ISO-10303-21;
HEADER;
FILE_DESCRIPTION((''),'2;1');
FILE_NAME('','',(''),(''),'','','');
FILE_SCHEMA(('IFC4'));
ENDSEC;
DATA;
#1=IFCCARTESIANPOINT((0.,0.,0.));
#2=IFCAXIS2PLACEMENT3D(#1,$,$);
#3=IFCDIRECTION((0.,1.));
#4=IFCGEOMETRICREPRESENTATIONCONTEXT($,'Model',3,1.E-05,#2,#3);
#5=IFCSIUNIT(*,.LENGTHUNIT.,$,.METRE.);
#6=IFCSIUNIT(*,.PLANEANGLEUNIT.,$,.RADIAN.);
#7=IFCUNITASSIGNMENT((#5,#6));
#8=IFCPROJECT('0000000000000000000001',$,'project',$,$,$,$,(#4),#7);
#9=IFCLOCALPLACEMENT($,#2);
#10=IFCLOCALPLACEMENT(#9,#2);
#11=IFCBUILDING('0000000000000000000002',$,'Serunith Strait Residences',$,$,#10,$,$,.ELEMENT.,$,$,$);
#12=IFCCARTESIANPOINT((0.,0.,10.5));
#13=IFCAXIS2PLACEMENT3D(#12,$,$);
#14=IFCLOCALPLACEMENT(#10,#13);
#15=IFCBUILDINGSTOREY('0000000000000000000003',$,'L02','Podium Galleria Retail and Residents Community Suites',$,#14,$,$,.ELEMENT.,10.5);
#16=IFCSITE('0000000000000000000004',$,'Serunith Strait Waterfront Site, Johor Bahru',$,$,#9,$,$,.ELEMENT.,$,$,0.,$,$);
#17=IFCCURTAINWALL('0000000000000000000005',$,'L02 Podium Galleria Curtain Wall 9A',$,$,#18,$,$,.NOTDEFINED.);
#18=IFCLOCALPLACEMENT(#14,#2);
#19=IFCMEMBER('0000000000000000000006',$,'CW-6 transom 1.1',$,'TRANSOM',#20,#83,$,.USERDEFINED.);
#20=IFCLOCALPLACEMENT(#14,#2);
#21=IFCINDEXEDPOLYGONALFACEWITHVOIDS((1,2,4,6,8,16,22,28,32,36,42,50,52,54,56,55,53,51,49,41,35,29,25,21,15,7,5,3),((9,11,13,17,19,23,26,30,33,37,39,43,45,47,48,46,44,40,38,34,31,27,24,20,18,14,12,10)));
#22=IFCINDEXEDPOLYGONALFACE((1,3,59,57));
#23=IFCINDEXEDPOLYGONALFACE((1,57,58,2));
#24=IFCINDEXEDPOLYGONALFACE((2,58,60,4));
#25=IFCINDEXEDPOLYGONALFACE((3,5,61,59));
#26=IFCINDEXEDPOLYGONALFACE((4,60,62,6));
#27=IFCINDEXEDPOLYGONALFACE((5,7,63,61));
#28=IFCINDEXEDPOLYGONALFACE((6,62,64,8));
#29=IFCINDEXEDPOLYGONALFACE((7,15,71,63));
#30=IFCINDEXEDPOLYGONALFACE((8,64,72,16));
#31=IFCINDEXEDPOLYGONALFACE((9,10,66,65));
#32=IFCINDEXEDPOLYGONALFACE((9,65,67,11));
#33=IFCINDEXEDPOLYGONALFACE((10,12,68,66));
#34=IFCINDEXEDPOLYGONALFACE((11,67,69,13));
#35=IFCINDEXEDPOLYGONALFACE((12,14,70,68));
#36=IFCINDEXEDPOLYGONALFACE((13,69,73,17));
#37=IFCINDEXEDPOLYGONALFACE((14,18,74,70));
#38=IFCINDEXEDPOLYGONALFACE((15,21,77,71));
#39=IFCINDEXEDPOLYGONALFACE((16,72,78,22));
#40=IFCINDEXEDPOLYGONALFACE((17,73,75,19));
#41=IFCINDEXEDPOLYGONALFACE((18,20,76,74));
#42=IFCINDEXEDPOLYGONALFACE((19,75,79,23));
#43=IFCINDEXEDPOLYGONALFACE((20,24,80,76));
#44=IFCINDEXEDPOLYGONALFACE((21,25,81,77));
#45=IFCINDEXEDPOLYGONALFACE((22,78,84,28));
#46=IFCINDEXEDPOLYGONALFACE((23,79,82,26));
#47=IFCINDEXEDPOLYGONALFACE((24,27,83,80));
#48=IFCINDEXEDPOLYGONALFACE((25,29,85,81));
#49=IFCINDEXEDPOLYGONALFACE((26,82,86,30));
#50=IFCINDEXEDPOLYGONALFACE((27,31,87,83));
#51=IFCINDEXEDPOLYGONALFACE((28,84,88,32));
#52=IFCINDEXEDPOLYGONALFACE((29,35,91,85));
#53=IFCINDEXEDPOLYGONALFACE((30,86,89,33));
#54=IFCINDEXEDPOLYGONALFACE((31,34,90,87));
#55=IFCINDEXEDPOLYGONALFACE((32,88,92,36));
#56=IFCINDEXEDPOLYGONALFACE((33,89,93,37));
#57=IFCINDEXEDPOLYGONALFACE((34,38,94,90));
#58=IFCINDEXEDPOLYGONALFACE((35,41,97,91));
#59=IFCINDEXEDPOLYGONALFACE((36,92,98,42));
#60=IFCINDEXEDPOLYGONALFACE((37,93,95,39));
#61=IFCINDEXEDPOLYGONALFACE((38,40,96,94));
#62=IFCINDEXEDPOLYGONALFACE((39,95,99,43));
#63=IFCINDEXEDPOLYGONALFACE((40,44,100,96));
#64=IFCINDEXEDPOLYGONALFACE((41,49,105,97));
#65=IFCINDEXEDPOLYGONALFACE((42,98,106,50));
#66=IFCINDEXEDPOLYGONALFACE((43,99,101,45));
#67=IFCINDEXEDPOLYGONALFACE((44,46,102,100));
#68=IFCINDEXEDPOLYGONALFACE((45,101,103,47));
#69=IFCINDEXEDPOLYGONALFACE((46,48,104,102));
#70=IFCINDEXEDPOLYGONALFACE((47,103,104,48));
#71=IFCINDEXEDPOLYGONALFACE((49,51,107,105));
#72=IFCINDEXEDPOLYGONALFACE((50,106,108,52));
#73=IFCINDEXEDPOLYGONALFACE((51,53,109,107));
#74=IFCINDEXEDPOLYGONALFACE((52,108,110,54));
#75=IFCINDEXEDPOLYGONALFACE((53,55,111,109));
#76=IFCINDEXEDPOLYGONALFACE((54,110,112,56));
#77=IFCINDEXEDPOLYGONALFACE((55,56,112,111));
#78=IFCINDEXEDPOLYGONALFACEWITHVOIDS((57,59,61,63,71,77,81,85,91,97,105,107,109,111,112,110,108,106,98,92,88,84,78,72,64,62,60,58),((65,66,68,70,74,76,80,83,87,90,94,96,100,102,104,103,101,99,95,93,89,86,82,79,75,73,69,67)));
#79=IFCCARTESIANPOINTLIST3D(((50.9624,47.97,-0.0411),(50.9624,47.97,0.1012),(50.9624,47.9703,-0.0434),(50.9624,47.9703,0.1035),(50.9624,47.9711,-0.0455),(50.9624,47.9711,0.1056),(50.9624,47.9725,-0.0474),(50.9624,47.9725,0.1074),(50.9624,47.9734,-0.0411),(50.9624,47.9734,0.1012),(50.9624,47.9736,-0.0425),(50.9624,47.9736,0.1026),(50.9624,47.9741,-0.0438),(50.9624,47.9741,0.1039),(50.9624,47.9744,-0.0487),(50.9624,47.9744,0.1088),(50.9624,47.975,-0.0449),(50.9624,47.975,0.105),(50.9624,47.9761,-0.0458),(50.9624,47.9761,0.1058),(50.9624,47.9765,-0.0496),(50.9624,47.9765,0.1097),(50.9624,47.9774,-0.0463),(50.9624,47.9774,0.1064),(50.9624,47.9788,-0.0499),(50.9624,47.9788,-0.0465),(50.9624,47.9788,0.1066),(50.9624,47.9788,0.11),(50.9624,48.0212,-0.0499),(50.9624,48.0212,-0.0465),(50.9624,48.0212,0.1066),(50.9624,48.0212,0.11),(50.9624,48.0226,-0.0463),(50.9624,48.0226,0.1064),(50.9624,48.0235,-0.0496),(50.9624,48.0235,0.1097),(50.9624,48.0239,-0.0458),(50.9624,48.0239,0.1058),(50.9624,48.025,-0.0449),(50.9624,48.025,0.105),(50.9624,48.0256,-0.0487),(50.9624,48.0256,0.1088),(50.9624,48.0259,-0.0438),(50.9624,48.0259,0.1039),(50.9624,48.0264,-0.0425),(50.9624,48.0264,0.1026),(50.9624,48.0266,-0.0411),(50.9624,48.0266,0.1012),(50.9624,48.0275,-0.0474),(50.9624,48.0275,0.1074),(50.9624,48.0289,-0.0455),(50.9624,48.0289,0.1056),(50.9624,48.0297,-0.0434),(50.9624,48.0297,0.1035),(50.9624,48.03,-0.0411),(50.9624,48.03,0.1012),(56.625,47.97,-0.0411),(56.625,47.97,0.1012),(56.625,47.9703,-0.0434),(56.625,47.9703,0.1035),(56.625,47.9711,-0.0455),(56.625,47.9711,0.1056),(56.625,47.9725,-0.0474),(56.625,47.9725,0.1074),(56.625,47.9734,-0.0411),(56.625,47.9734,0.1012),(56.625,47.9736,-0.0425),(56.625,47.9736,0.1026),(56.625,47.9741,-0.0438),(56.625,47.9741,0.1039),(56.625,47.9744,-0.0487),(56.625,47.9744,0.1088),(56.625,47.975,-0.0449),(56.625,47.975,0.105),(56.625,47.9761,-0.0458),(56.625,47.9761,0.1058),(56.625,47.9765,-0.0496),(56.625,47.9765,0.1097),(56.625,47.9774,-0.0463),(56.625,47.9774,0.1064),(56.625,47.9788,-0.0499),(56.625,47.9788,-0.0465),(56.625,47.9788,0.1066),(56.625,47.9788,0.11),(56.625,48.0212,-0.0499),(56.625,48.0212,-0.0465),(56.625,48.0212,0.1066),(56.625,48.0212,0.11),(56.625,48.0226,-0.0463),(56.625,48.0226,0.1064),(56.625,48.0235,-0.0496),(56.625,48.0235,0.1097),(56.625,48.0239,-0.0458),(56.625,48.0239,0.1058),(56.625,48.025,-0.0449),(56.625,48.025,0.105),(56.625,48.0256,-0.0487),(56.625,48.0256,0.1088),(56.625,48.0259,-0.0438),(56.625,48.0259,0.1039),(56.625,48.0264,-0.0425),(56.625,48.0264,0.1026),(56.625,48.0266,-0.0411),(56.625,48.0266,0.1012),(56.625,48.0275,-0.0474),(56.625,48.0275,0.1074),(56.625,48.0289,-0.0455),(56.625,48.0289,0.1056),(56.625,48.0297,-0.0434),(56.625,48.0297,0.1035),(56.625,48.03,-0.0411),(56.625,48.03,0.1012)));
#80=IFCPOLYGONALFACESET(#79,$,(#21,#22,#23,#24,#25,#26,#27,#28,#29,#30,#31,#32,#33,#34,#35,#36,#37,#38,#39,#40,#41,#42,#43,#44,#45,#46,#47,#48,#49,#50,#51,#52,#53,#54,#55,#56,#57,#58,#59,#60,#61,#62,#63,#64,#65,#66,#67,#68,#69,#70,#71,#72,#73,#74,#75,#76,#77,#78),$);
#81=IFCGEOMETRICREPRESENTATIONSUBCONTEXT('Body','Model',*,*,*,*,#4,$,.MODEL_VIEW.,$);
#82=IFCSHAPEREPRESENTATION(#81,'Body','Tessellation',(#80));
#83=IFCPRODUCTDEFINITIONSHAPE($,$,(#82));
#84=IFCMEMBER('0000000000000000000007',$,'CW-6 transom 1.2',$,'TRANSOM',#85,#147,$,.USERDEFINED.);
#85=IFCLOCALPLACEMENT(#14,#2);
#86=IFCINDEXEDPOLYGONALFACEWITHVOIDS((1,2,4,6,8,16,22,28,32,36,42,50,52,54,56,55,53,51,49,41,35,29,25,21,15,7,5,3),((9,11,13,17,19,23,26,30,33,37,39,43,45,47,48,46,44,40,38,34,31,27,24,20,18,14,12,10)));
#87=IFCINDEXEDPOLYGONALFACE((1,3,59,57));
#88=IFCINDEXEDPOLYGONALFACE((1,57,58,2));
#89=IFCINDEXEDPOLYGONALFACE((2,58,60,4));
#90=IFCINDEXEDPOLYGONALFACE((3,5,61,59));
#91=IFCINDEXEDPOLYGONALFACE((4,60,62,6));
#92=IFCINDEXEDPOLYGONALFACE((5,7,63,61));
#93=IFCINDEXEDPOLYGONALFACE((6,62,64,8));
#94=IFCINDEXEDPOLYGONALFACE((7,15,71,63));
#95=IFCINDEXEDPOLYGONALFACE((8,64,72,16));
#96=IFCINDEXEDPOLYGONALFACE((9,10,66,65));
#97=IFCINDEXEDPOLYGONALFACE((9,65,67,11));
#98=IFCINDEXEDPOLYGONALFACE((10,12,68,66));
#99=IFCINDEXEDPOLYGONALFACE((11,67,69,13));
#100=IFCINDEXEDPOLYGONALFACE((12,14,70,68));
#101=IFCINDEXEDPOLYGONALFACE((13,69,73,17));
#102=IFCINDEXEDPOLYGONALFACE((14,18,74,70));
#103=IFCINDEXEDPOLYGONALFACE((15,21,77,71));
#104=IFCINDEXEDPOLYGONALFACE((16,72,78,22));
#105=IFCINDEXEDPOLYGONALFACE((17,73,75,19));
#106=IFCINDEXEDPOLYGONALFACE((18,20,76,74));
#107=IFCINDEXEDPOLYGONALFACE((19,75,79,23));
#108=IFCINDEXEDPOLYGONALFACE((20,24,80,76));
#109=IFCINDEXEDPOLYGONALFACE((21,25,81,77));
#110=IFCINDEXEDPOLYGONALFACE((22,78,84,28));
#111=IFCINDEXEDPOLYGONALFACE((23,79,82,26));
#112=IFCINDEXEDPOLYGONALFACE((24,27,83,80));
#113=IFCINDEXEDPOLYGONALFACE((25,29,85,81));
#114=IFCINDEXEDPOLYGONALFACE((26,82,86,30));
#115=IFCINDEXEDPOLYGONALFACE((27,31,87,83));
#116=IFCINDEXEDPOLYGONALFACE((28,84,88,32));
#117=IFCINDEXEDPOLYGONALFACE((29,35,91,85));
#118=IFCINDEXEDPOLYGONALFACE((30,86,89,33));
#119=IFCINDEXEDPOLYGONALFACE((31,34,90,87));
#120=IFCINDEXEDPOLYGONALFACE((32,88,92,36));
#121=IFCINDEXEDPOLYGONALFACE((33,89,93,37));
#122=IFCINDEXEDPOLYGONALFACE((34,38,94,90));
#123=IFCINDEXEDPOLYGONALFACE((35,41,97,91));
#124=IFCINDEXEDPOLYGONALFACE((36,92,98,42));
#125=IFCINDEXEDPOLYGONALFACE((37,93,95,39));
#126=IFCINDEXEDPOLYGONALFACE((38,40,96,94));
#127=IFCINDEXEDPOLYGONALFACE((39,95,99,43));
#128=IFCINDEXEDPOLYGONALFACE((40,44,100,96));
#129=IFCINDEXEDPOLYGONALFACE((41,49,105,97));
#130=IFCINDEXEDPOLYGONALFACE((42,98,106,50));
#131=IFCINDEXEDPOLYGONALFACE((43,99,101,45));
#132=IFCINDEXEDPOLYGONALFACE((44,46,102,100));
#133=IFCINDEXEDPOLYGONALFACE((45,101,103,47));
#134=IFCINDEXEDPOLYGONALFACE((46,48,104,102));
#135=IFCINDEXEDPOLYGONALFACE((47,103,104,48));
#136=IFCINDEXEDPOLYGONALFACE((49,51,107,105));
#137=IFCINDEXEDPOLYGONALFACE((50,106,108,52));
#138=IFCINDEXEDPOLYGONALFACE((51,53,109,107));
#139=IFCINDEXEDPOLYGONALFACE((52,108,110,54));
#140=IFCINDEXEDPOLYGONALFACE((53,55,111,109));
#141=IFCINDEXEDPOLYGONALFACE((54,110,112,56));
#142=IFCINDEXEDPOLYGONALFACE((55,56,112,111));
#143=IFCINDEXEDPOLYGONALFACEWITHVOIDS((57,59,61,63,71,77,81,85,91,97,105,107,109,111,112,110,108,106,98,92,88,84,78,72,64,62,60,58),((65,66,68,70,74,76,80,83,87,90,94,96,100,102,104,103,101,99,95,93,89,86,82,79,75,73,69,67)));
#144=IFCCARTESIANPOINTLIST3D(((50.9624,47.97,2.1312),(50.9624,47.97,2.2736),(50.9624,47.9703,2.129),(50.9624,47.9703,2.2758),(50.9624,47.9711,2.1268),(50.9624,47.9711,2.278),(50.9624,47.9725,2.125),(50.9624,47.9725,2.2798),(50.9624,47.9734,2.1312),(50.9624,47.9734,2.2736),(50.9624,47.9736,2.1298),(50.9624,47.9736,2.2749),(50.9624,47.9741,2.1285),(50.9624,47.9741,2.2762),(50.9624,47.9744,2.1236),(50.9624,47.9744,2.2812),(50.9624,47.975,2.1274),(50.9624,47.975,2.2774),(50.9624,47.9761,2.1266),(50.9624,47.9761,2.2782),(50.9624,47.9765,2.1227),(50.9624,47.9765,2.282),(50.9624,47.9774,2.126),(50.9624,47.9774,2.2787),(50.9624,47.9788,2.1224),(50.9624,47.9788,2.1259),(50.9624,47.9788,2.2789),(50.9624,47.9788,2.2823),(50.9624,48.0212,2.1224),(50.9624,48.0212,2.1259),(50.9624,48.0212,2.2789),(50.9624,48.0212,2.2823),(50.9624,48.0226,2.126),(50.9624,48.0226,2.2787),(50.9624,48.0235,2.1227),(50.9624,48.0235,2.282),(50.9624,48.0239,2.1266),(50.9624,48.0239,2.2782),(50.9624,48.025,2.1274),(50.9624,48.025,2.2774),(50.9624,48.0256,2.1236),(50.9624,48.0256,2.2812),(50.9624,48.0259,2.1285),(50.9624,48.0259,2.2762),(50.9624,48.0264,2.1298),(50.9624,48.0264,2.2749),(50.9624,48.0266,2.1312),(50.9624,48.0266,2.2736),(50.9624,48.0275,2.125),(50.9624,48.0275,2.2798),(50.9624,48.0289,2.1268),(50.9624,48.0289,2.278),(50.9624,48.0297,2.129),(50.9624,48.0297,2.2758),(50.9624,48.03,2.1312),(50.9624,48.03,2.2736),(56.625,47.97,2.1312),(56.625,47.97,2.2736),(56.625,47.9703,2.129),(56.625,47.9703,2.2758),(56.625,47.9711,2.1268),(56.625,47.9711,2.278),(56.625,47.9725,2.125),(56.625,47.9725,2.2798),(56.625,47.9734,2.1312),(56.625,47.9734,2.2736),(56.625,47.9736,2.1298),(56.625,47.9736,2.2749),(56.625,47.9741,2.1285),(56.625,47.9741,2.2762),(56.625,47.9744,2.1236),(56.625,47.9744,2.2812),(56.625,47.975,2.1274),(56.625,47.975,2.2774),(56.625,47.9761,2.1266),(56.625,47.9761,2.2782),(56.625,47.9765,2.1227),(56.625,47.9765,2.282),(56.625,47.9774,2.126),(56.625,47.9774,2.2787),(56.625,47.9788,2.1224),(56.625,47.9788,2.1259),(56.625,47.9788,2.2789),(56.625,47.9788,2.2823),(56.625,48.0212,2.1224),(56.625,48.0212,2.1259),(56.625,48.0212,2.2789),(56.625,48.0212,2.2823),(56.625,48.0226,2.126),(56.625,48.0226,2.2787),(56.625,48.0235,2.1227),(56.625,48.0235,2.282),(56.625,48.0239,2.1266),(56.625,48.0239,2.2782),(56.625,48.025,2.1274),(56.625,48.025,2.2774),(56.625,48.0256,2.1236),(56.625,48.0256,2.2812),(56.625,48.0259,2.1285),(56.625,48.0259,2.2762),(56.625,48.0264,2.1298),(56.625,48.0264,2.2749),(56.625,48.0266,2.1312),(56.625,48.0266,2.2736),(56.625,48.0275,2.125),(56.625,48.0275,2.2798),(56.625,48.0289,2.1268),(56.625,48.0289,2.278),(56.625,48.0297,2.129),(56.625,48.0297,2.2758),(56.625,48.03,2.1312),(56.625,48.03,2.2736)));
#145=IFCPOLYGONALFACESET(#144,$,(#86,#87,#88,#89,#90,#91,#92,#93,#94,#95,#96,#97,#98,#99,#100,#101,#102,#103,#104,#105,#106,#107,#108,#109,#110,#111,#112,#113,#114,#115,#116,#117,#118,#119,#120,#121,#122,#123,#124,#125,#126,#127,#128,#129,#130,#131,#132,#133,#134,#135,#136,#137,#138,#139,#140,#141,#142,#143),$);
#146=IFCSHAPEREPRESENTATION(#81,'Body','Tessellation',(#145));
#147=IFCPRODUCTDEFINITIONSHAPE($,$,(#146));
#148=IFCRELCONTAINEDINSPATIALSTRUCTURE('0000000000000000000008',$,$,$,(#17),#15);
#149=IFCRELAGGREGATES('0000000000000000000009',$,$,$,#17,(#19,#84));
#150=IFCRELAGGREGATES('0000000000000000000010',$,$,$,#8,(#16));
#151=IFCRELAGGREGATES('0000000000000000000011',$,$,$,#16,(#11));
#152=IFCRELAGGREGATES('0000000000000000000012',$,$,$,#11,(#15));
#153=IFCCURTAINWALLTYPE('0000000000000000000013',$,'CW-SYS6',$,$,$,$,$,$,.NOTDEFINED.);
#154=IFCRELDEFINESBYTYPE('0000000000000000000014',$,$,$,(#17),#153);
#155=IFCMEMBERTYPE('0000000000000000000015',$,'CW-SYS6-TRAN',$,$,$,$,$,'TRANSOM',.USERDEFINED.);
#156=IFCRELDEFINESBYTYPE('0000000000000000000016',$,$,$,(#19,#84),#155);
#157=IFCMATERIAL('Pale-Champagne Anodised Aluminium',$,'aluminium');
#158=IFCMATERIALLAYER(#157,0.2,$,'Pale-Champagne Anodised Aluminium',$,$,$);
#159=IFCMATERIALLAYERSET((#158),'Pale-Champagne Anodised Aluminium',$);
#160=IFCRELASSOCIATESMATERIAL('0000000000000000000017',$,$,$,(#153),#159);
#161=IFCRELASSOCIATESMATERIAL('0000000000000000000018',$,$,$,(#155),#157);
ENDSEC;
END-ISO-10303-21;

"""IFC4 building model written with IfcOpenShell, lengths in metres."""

from ifc_helpers import new_model, si_unit, direction, frame, origin, origin_2d, place, context, subcontext, project, spatial, hollow_rectangle, extrude, source, transform, mapped, material, layer, layer_set, material_profile, profile_set, type_object, element, aggregate, save


model = new_model("IFC4")

# Units and contexts
model_context = context("Model", 3, precision=1e-05, world=origin(), true_north=direction((0.0, 1.0)))
body_context = subcontext(model_context, "Body", "Model", "MODEL_VIEW")
ifc_project = project(units=[si_unit("LENGTHUNIT", "METRE"), si_unit("PLANEANGLEUNIT", "RADIAN")], contexts=[model_context])

# Site, building, storey
site_placement = place(None, origin())
site = spatial("IfcSite", under=ifc_project, at=site_placement, Name="Serunith Strait Waterfront Site, Johor Bahru", CompositionType="ELEMENT", RefElevation=0.0)
building_placement = place(site_placement, origin())
building = spatial("IfcBuilding", under=site, at=building_placement, Name="Serunith Strait Residences", CompositionType="ELEMENT")
storey_placement = place(building_placement, frame((0.0, 0.0, 10.5)))
storey = spatial("IfcBuildingStorey", under=building, at=storey_placement, Name="L02", Description="Podium Galleria Retail and Residents Community Suites", CompositionType="ELEMENT", Elevation=10.5)

# Curtain wall, members
ifc_material_1 = material(Name="Pale-Champagne Anodised Aluminium", Category="aluminium")
ifc_layer_1 = layer(ifc_material_1, 0.2, Name="Pale-Champagne Anodised Aluminium")
ifc_layer_set_1 = layer_set([ifc_layer_1], Name="Pale-Champagne Anodised Aluminium")
curtain_wall_type = type_object("IfcCurtainWallType", Name="CW-SYS6", PredefinedType="NOTDEFINED", material=ifc_layer_set_1)
curtain_wall_placement = place(storey_placement, origin())
curtain_wall = element("IfcCurtainWall", 1, at=curtain_wall_placement, inside=storey, type_object=curtain_wall_type, Name="L02 Podium Galleria Curtain Wall 9A", PredefinedType="NOTDEFINED")
ifc_material_profile_1 = material_profile(ifc_material_1, hollow_rectangle(XDim=0.0601, YDim=0.1599, WallThickness=0.0034, InnerFilletRadius=0.0054, OuterFilletRadius=0.0088, at=origin_2d()), Name="ALU 160x60x3.5")
ifc_profile_set_1 = profile_set([ifc_material_profile_1], Name="Pale-Champagne Anodised Aluminium")
member_type_1 = type_object("IfcMemberType", Name="CW-SYS6-TRAN", ElementType="TRANSOM", PredefinedType="USERDEFINED", material=ifc_profile_set_1)
shared_shape_1 = source(origin(), body_context, "Body", "SweptSolid", [
    extrude(hollow_rectangle(XDim=0.0601, YDim=0.1599, WallThickness=0.0034, InnerFilletRadius=0.0054, OuterFilletRadius=0.0088, at=origin_2d()), origin(), (0.0, 0.0, 1.0), 5.6626),
])
member_1_placement = place(storey_placement, frame((56.625, 48.0, 0.03), z_axis=(-1.0, 0.0, 0.0), x_axis=(0.0, -1.0, 0.0)))
member_1 = element("IfcMember", 2, at=member_1_placement, type_object=member_type_1, Name="CW-6 transom 1.1", ObjectType="TRANSOM", PredefinedType="USERDEFINED", context=body_context, shape_type="MappedRepresentation", body=[
    mapped(shared_shape_1, transform((0.0, 0.0, 0.0), scale=1.0)),
])
member_2_placement = place(storey_placement, frame((56.625, 48.0, 2.2024), z_axis=(-1.0, 0.0, 0.0), x_axis=(0.0, -1.0, 0.0)))
member_2 = element("IfcMember", 3, at=member_2_placement, type_object=member_type_1, Name="CW-6 transom 1.2", ObjectType="TRANSOM", PredefinedType="USERDEFINED", context=body_context, shape_type="MappedRepresentation", body=[
    mapped(shared_shape_1, transform((0.0, 0.0, 0.0), scale=1.0)),
])
aggregate(curtain_wall, [member_1, member_2])

save(model, "model.ifc")
